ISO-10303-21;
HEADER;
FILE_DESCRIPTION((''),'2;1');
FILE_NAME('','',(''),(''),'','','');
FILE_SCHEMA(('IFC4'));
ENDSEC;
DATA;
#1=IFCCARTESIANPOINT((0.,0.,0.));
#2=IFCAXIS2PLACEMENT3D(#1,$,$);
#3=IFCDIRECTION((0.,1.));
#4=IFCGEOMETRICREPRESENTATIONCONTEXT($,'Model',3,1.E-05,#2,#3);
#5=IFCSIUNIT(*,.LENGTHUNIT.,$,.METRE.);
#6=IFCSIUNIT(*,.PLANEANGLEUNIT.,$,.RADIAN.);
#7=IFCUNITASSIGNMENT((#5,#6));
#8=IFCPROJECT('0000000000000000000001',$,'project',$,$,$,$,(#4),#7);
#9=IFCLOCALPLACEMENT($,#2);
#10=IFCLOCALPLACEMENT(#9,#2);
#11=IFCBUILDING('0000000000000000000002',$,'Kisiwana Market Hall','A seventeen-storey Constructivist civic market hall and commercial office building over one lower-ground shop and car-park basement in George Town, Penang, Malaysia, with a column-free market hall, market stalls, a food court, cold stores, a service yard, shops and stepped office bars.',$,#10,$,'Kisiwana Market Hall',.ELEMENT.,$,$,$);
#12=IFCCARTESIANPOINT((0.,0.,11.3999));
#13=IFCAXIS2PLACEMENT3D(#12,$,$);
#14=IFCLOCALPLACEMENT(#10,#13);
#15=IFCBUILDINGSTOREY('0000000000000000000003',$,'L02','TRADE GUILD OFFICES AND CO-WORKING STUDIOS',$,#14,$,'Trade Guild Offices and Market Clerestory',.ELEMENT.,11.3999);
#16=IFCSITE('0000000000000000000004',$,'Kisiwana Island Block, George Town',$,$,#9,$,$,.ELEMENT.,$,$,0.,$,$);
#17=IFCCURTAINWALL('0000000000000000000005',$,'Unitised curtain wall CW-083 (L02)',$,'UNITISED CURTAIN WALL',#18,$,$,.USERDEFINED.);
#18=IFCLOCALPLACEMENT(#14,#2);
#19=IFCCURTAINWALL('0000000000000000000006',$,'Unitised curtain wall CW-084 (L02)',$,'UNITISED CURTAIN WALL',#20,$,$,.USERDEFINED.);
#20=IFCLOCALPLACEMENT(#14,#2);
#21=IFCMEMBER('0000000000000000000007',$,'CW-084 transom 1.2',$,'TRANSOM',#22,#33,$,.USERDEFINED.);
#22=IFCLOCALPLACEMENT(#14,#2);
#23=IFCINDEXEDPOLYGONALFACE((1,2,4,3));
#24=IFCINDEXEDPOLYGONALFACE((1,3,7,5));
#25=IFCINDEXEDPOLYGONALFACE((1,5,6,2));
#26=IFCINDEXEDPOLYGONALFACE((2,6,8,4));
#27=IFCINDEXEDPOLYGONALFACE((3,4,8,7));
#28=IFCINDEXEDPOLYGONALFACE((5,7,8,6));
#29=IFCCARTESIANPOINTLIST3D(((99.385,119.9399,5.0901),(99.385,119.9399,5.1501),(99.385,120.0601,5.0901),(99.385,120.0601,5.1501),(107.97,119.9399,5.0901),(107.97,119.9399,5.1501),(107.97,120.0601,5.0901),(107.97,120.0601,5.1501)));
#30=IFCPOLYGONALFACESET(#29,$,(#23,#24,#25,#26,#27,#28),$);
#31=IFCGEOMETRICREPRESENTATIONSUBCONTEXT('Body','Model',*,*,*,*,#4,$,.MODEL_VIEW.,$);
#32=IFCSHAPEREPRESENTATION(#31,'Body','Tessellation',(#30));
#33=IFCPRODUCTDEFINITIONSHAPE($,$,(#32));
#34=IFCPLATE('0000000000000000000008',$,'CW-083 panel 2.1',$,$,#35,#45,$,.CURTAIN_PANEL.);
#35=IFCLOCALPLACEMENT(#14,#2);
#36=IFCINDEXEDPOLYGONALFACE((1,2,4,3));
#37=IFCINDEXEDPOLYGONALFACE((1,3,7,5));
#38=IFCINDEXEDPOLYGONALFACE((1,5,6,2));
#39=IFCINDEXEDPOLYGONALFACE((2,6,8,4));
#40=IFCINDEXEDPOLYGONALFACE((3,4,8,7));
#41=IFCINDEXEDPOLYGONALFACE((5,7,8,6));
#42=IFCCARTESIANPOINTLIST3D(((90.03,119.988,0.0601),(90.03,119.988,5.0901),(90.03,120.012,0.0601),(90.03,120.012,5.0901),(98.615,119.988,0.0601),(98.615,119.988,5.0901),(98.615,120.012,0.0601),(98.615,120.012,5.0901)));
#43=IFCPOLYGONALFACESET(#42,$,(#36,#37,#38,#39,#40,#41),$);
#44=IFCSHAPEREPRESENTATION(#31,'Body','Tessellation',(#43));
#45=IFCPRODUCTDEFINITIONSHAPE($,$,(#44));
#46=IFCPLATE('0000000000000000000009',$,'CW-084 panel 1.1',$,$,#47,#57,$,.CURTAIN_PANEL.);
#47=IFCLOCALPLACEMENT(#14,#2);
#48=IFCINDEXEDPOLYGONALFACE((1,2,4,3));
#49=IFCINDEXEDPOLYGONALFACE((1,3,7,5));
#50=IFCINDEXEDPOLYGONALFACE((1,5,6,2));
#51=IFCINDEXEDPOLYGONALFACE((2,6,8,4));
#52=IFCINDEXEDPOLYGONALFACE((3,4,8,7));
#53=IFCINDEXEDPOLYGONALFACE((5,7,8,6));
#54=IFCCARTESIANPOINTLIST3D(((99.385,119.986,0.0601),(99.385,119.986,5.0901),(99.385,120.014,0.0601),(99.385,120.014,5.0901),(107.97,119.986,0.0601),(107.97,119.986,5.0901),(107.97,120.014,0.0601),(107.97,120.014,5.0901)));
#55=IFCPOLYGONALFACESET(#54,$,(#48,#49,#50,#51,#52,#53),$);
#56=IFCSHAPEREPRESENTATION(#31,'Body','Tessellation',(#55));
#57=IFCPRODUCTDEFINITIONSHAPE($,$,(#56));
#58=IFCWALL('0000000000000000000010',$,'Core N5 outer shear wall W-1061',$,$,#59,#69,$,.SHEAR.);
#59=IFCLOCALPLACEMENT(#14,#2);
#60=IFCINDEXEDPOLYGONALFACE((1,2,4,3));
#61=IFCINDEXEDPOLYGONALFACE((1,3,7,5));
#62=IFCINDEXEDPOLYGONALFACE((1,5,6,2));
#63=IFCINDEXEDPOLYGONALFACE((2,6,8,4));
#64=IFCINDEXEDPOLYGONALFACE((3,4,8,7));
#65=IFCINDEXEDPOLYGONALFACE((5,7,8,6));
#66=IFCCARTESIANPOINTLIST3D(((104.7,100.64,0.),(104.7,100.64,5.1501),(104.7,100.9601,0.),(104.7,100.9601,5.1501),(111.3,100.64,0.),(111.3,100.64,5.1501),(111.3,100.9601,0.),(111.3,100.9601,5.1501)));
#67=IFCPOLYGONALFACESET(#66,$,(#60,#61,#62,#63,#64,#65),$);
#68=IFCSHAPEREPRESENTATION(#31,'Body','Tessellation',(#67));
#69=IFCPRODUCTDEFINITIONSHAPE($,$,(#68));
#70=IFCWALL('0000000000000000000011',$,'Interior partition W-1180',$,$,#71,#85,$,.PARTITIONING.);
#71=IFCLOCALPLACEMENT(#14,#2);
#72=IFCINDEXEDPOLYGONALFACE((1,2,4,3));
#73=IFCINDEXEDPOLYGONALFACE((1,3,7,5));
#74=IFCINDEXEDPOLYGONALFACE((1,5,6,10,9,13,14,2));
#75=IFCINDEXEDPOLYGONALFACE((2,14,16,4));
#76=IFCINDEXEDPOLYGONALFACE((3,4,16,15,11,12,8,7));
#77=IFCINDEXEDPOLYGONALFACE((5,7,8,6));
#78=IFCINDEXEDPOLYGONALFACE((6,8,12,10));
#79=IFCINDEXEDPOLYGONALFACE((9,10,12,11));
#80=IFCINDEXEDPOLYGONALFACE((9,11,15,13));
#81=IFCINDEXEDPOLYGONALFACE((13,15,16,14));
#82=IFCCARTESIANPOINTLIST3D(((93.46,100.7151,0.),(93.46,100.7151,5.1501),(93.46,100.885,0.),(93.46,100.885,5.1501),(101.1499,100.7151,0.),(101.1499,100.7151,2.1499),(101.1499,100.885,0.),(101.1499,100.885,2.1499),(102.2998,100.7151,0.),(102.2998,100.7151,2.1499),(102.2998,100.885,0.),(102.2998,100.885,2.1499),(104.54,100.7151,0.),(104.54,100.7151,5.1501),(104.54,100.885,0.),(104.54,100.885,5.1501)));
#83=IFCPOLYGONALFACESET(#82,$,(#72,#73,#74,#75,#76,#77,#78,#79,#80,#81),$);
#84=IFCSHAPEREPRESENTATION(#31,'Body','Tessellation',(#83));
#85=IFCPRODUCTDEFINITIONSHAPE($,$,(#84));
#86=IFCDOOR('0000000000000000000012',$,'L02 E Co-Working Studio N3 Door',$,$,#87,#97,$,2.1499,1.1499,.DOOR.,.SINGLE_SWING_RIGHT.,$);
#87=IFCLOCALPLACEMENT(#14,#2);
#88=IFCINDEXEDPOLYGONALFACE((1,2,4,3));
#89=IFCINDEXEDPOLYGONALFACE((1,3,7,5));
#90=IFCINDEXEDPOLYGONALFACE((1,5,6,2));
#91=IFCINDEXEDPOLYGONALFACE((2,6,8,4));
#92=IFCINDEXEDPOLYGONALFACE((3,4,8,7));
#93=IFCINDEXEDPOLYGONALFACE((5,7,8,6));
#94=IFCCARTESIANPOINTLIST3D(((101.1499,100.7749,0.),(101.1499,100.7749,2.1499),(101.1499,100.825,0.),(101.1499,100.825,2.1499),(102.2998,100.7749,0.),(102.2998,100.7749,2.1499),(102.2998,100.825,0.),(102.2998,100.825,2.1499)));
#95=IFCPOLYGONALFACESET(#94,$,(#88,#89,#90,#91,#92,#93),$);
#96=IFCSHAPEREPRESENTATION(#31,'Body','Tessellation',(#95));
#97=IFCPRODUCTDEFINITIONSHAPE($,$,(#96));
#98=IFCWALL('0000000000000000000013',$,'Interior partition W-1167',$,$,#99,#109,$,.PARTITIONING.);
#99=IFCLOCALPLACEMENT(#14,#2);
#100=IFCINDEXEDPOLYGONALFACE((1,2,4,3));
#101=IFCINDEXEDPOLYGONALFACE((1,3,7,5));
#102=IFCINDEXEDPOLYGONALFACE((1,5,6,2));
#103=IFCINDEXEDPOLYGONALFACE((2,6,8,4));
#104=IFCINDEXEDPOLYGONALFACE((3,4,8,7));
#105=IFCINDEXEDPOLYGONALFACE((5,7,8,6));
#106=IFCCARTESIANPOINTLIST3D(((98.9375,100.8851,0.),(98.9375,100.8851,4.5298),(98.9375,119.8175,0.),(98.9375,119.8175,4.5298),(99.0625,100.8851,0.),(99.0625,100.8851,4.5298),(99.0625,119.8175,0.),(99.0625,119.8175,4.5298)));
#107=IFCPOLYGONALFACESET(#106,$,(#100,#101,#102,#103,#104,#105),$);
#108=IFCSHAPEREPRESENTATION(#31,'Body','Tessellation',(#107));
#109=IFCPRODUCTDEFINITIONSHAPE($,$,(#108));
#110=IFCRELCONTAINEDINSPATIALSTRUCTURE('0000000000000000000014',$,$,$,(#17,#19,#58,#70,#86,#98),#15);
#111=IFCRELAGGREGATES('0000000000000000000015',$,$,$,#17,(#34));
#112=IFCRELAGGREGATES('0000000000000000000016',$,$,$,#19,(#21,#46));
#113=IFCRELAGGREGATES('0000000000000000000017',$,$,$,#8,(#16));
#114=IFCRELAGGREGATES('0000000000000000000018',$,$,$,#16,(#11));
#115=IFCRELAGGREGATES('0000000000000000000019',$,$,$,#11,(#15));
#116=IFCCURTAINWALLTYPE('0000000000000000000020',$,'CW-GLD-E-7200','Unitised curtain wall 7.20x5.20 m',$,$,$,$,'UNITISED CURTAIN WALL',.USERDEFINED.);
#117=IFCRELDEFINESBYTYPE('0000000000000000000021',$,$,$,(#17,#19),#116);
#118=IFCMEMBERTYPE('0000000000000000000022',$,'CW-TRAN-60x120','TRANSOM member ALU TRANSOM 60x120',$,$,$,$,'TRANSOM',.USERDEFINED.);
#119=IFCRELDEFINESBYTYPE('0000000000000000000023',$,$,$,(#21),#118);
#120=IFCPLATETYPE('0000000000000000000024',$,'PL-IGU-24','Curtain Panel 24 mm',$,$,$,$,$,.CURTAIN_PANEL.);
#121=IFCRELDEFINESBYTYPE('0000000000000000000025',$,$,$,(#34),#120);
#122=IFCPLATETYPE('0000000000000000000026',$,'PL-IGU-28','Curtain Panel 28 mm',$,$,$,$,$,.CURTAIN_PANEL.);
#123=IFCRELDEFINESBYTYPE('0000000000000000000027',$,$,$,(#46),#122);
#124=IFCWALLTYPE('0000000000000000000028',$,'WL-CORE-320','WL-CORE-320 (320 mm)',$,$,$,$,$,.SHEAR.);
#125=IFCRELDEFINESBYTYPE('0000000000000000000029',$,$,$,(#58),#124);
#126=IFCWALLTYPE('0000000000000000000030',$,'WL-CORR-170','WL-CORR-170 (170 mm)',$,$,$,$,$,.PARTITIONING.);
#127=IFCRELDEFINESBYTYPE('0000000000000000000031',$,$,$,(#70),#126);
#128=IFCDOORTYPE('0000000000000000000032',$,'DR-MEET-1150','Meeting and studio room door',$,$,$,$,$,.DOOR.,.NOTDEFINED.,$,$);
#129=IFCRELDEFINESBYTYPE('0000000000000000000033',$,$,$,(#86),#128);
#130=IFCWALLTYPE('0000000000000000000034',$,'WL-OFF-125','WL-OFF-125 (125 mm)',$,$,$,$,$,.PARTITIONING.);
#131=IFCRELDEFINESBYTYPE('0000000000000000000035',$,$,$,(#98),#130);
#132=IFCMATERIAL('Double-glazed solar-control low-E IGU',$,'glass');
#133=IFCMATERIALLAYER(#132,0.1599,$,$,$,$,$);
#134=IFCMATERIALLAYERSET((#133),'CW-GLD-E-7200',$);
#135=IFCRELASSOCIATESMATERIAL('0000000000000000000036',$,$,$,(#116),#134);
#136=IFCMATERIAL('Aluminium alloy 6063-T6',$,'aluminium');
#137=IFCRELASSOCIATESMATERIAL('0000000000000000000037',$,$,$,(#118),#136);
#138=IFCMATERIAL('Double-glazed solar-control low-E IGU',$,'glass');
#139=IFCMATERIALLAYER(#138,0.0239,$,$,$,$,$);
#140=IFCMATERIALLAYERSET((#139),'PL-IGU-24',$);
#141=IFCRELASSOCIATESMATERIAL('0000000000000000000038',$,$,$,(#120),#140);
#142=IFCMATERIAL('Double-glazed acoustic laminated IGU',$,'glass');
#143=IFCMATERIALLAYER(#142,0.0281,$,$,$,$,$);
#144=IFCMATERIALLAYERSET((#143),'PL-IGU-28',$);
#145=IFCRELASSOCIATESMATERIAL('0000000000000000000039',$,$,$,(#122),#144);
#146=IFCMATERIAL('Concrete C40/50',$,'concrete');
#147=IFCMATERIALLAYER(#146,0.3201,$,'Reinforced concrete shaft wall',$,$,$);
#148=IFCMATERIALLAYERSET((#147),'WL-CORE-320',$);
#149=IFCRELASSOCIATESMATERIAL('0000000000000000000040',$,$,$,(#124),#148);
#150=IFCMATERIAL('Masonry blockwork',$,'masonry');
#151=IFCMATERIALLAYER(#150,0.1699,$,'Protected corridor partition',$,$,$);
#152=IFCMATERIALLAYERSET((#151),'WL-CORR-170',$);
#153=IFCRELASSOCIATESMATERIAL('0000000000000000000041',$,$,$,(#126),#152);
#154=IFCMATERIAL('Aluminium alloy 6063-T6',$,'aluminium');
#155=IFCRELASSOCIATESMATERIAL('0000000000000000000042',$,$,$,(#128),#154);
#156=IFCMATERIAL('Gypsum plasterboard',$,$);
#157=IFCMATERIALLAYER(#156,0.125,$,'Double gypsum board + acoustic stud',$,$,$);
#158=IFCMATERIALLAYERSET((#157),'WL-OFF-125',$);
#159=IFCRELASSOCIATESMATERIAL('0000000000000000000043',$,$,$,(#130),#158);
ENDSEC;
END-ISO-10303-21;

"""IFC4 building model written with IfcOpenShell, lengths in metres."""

from ifc_helpers import new_model, si_unit, direction, frame, frame_2d, origin, origin_2d, place, context, subcontext, project, spatial, rectangle, extrude, material, layer, layer_set, material_profile, profile_set, type_object, element, fill, aggregate, save


model = new_model("IFC4")

# Units and contexts
model_context = context("Model", 3, precision=1e-05, world=origin(), true_north=direction((0.0, 1.0)))
body_context = subcontext(model_context, "Body", "Model", "MODEL_VIEW")
ifc_project = project(units=[si_unit("LENGTHUNIT", "METRE"), si_unit("PLANEANGLEUNIT", "RADIAN")], contexts=[model_context])

# Site, building, storey
site_placement = place(None, origin())
site = spatial("IfcSite", under=ifc_project, at=site_placement, Name="Kisiwana Island Block, George Town", CompositionType="ELEMENT", RefElevation=0.0)
building_placement = place(site_placement, origin())
building = spatial("IfcBuilding", under=site, at=building_placement, Name="Kisiwana Market Hall", Description="A seventeen-storey Constructivist civic market hall and commercial office building over one lower-ground shop and car-park basement in George Town, Penang, Malaysia, with a column-free market hall, market stalls, a food court, cold stores, a service yard, shops and stepped office bars.", LongName="Kisiwana Market Hall", CompositionType="ELEMENT")
storey_placement = place(building_placement, frame((0.0, 0.0, 11.3999)))
storey = spatial("IfcBuildingStorey", under=building, at=storey_placement, Name="L02", Description="TRADE GUILD OFFICES AND CO-WORKING STUDIOS", LongName="Trade Guild Offices and Market Clerestory", CompositionType="ELEMENT", Elevation=11.3999)

# Curtain wall
ifc_material_1 = material(Name="Double-glazed solar-control low-E IGU", Category="glass")
ifc_layer_1 = layer(ifc_material_1, 0.1599)
ifc_layer_set_1 = layer_set([ifc_layer_1], Name="CW-GLD-E-7200")
curtain_wall_type = type_object("IfcCurtainWallType", Name="CW-GLD-E-7200", Description="Unitised curtain wall 7.20x5.20 m", ElementType="UNITISED CURTAIN WALL", PredefinedType="USERDEFINED", material=ifc_layer_set_1)
curtain_wall_1_placement = place(storey_placement, origin())
curtain_wall_1 = element("IfcCurtainWall", 1, at=curtain_wall_1_placement, inside=storey, type_object=curtain_wall_type, Name="Unitised curtain wall CW-083 (L02)", ObjectType="UNITISED CURTAIN WALL", PredefinedType="USERDEFINED")

# Curtain wall, member
curtain_wall_2_placement = place(storey_placement, origin())
curtain_wall_2 = element("IfcCurtainWall", 2, at=curtain_wall_2_placement, inside=storey, type_object=curtain_wall_type, Name="Unitised curtain wall CW-084 (L02)", ObjectType="UNITISED CURTAIN WALL", PredefinedType="USERDEFINED")
ifc_material_2 = material(Name="Aluminium alloy 6063-T6", Category="aluminium")
ifc_material_profile_1 = material_profile(ifc_material_2, rectangle(XDim=0.1201, YDim=0.0601, at=origin_2d()), Name="ALU TRANSOM 60x120")
ifc_profile_set_1 = profile_set([ifc_material_profile_1], Name="Aluminium alloy 6063-T6")
member_type_1 = type_object("IfcMemberType", Name="CW-TRAN-60x120", Description="TRANSOM member ALU TRANSOM 60x120", ElementType="TRANSOM", PredefinedType="USERDEFINED", material=ifc_profile_set_1)
member_1_placement = place(storey_placement, frame((99.385, 120.0, 5.1201), z_axis=(1.0, 0.0, 0.0), x_axis=(0.0, 1.0, 0.0)))
member_1 = element("IfcMember", 3, at=member_1_placement, type_object=member_type_1, Name="CW-084 transom 1.2", ObjectType="TRANSOM", PredefinedType="USERDEFINED", context=body_context, shape_type="SweptSolid", body=[
    extrude(rectangle(XDim=0.1201, YDim=0.0601, at=origin_2d()), origin(), (0.0, 0.0, 1.0), 8.585),
])

# Plates
ifc_material_3 = material(Name="Double-glazed solar-control low-E IGU", Category="glass")
ifc_layer_2 = layer(ifc_material_3, 0.0239)
ifc_layer_set_2 = layer_set([ifc_layer_2], Name="PL-IGU-24")
plate_type_1 = type_object("IfcPlateType", Name="PL-IGU-24", Description="Curtain Panel 24 mm", PredefinedType="CURTAIN_PANEL", material=ifc_layer_set_2)
plate_1_placement = place(storey_placement, frame((94.3225, 120.0, 0.0601), z_axis=(0.0, 0.0, 1.0), x_axis=(1.0, 0.0, 0.0)))
plate_1 = element("IfcPlate", 4, at=plate_1_placement, type_object=plate_type_1, Name="CW-083 panel 2.1", PredefinedType="CURTAIN_PANEL", context=body_context, shape_type="SweptSolid", body=[
    extrude(rectangle(XDim=8.585, YDim=0.0239, at=origin_2d()), origin(), (0.0, 0.0, 1.0), 5.03),
])
aggregate(curtain_wall_1, [plate_1])
ifc_material_4 = material(Name="Double-glazed acoustic laminated IGU", Category="glass")
ifc_layer_3 = layer(ifc_material_4, 0.0281)
ifc_layer_set_3 = layer_set([ifc_layer_3], Name="PL-IGU-28")
plate_type_2 = type_object("IfcPlateType", Name="PL-IGU-28", Description="Curtain Panel 28 mm", PredefinedType="CURTAIN_PANEL", material=ifc_layer_set_3)
plate_2_placement = place(storey_placement, frame((103.6775, 120.0, 0.0601), z_axis=(0.0, 0.0, 1.0), x_axis=(1.0, 0.0, 0.0)))
plate_2 = element("IfcPlate", 5, at=plate_2_placement, type_object=plate_type_2, Name="CW-084 panel 1.1", PredefinedType="CURTAIN_PANEL", context=body_context, shape_type="SweptSolid", body=[
    extrude(rectangle(XDim=8.585, YDim=0.0281, at=origin_2d()), origin(), (0.0, 0.0, 1.0), 5.03),
])
aggregate(curtain_wall_2, [member_1, plate_2])

# Wall
ifc_material_5 = material(Name="Concrete C40/50", Category="concrete")
ifc_layer_4 = layer(ifc_material_5, 0.3201, Name="Reinforced concrete shaft wall")
ifc_layer_set_4 = layer_set([ifc_layer_4], Name="WL-CORE-320")
wall_type_1 = type_object("IfcWallType", Name="WL-CORE-320", Description="WL-CORE-320 (320 mm)", PredefinedType="SHEAR", material=ifc_layer_set_4)
wall_1_placement = place(storey_placement, frame((104.7, 100.8, 0.0), z_axis=(0.0, 0.0, 1.0), x_axis=(1.0, 0.0, 0.0)))
element("IfcWall", 6, at=wall_1_placement, inside=storey, type_object=wall_type_1, Name="Core N5 outer shear wall W-1061", PredefinedType="SHEAR", context=body_context, shape_type="SweptSolid", body=[
    extrude(rectangle(XDim=6.6001, YDim=0.3201, at=frame_2d((3.3, 0.0))), origin(), (0.0, 0.0, 1.0), 5.1501),
])

# Wall, opening, door
ifc_material_6 = material(Name="Masonry blockwork", Category="masonry")
ifc_layer_5 = layer(ifc_material_6, 0.1699, Name="Protected corridor partition")
ifc_layer_set_5 = layer_set([ifc_layer_5], Name="WL-CORR-170")
wall_type_2 = type_object("IfcWallType", Name="WL-CORR-170", Description="WL-CORR-170 (170 mm)", PredefinedType="PARTITIONING", material=ifc_layer_set_5)
wall_2_placement = place(storey_placement, frame((93.46, 100.8, 0.0), z_axis=(0.0, 0.0, 1.0), x_axis=(1.0, 0.0, 0.0)))
wall_2 = element("IfcWall", 7, at=wall_2_placement, inside=storey, type_object=wall_type_2, Name="Interior partition W-1180", PredefinedType="PARTITIONING", context=body_context, shape_type="SweptSolid", body=[
    extrude(rectangle(XDim=11.0801, YDim=0.1699, at=frame_2d((5.54, 0.0))), origin(), (0.0, 0.0, 1.0), 5.1501),
])
opening_placement = place(wall_2_placement, frame((7.6899, 0.0, 0.0)))
opening = element("IfcOpeningElement", 8, at=opening_placement, cuts=wall_2, PredefinedType="OPENING", context=body_context, shape_type="SweptSolid", body=[
    extrude(rectangle(XDim=1.1499, YDim=2.1499, at=frame_2d((0.575, 1.075))), frame((0.0, 0.0969, 0.0), z_axis=(0.0, -1.0, 0.0), x_axis=(1.0, 0.0, 0.0)), (0.0, 0.0, 1.0), 0.1938),
])
ifc_material_7 = material(Name="Aluminium alloy 6063-T6", Category="aluminium")
door_type = type_object("IfcDoorType", Name="DR-MEET-1150", Description="Meeting and studio room door", OperationType="NOTDEFINED", PredefinedType="DOOR", material=ifc_material_7)
door_placement = place(opening_placement, origin())
door = element("IfcDoor", 9, at=door_placement, inside=storey, type_object=door_type, Name="L02 E Co-Working Studio N3 Door", OperationType="SINGLE_SWING_RIGHT", OverallHeight=2.1499, OverallWidth=1.1499, PredefinedType="DOOR", context=body_context, shape_type="SweptSolid", body=[
    extrude(rectangle(XDim=1.1499, YDim=2.1499, at=frame_2d((0.575, 1.075))), frame((0.0, 0.0249, 0.0), z_axis=(0.0, -1.0, 0.0), x_axis=(1.0, 0.0, 0.0)), (0.0, 0.0, 1.0), 0.05),
])
fill(opening, door)

# Wall
ifc_material_8 = material(Name="Gypsum plasterboard")
ifc_layer_6 = layer(ifc_material_8, 0.125, Name="Double gypsum board + acoustic stud")
ifc_layer_set_6 = layer_set([ifc_layer_6], Name="WL-OFF-125")
wall_type_3 = type_object("IfcWallType", Name="WL-OFF-125", Description="WL-OFF-125 (125 mm)", PredefinedType="PARTITIONING", material=ifc_layer_set_6)
wall_3_placement = place(storey_placement, frame((99.0, 100.885, 0.0), z_axis=(0.0, 0.0, 1.0), x_axis=(0.0, 1.0, 0.0)))
element("IfcWall", 10, at=wall_3_placement, inside=storey, type_object=wall_type_3, Name="Interior partition W-1167", PredefinedType="PARTITIONING", context=body_context, shape_type="SweptSolid", body=[
    extrude(rectangle(XDim=18.9324, YDim=0.125, at=frame_2d((9.4663, 0.0))), origin(), (0.0, 0.0, 1.0), 4.5298),
])

save(model, "model.ifc")
